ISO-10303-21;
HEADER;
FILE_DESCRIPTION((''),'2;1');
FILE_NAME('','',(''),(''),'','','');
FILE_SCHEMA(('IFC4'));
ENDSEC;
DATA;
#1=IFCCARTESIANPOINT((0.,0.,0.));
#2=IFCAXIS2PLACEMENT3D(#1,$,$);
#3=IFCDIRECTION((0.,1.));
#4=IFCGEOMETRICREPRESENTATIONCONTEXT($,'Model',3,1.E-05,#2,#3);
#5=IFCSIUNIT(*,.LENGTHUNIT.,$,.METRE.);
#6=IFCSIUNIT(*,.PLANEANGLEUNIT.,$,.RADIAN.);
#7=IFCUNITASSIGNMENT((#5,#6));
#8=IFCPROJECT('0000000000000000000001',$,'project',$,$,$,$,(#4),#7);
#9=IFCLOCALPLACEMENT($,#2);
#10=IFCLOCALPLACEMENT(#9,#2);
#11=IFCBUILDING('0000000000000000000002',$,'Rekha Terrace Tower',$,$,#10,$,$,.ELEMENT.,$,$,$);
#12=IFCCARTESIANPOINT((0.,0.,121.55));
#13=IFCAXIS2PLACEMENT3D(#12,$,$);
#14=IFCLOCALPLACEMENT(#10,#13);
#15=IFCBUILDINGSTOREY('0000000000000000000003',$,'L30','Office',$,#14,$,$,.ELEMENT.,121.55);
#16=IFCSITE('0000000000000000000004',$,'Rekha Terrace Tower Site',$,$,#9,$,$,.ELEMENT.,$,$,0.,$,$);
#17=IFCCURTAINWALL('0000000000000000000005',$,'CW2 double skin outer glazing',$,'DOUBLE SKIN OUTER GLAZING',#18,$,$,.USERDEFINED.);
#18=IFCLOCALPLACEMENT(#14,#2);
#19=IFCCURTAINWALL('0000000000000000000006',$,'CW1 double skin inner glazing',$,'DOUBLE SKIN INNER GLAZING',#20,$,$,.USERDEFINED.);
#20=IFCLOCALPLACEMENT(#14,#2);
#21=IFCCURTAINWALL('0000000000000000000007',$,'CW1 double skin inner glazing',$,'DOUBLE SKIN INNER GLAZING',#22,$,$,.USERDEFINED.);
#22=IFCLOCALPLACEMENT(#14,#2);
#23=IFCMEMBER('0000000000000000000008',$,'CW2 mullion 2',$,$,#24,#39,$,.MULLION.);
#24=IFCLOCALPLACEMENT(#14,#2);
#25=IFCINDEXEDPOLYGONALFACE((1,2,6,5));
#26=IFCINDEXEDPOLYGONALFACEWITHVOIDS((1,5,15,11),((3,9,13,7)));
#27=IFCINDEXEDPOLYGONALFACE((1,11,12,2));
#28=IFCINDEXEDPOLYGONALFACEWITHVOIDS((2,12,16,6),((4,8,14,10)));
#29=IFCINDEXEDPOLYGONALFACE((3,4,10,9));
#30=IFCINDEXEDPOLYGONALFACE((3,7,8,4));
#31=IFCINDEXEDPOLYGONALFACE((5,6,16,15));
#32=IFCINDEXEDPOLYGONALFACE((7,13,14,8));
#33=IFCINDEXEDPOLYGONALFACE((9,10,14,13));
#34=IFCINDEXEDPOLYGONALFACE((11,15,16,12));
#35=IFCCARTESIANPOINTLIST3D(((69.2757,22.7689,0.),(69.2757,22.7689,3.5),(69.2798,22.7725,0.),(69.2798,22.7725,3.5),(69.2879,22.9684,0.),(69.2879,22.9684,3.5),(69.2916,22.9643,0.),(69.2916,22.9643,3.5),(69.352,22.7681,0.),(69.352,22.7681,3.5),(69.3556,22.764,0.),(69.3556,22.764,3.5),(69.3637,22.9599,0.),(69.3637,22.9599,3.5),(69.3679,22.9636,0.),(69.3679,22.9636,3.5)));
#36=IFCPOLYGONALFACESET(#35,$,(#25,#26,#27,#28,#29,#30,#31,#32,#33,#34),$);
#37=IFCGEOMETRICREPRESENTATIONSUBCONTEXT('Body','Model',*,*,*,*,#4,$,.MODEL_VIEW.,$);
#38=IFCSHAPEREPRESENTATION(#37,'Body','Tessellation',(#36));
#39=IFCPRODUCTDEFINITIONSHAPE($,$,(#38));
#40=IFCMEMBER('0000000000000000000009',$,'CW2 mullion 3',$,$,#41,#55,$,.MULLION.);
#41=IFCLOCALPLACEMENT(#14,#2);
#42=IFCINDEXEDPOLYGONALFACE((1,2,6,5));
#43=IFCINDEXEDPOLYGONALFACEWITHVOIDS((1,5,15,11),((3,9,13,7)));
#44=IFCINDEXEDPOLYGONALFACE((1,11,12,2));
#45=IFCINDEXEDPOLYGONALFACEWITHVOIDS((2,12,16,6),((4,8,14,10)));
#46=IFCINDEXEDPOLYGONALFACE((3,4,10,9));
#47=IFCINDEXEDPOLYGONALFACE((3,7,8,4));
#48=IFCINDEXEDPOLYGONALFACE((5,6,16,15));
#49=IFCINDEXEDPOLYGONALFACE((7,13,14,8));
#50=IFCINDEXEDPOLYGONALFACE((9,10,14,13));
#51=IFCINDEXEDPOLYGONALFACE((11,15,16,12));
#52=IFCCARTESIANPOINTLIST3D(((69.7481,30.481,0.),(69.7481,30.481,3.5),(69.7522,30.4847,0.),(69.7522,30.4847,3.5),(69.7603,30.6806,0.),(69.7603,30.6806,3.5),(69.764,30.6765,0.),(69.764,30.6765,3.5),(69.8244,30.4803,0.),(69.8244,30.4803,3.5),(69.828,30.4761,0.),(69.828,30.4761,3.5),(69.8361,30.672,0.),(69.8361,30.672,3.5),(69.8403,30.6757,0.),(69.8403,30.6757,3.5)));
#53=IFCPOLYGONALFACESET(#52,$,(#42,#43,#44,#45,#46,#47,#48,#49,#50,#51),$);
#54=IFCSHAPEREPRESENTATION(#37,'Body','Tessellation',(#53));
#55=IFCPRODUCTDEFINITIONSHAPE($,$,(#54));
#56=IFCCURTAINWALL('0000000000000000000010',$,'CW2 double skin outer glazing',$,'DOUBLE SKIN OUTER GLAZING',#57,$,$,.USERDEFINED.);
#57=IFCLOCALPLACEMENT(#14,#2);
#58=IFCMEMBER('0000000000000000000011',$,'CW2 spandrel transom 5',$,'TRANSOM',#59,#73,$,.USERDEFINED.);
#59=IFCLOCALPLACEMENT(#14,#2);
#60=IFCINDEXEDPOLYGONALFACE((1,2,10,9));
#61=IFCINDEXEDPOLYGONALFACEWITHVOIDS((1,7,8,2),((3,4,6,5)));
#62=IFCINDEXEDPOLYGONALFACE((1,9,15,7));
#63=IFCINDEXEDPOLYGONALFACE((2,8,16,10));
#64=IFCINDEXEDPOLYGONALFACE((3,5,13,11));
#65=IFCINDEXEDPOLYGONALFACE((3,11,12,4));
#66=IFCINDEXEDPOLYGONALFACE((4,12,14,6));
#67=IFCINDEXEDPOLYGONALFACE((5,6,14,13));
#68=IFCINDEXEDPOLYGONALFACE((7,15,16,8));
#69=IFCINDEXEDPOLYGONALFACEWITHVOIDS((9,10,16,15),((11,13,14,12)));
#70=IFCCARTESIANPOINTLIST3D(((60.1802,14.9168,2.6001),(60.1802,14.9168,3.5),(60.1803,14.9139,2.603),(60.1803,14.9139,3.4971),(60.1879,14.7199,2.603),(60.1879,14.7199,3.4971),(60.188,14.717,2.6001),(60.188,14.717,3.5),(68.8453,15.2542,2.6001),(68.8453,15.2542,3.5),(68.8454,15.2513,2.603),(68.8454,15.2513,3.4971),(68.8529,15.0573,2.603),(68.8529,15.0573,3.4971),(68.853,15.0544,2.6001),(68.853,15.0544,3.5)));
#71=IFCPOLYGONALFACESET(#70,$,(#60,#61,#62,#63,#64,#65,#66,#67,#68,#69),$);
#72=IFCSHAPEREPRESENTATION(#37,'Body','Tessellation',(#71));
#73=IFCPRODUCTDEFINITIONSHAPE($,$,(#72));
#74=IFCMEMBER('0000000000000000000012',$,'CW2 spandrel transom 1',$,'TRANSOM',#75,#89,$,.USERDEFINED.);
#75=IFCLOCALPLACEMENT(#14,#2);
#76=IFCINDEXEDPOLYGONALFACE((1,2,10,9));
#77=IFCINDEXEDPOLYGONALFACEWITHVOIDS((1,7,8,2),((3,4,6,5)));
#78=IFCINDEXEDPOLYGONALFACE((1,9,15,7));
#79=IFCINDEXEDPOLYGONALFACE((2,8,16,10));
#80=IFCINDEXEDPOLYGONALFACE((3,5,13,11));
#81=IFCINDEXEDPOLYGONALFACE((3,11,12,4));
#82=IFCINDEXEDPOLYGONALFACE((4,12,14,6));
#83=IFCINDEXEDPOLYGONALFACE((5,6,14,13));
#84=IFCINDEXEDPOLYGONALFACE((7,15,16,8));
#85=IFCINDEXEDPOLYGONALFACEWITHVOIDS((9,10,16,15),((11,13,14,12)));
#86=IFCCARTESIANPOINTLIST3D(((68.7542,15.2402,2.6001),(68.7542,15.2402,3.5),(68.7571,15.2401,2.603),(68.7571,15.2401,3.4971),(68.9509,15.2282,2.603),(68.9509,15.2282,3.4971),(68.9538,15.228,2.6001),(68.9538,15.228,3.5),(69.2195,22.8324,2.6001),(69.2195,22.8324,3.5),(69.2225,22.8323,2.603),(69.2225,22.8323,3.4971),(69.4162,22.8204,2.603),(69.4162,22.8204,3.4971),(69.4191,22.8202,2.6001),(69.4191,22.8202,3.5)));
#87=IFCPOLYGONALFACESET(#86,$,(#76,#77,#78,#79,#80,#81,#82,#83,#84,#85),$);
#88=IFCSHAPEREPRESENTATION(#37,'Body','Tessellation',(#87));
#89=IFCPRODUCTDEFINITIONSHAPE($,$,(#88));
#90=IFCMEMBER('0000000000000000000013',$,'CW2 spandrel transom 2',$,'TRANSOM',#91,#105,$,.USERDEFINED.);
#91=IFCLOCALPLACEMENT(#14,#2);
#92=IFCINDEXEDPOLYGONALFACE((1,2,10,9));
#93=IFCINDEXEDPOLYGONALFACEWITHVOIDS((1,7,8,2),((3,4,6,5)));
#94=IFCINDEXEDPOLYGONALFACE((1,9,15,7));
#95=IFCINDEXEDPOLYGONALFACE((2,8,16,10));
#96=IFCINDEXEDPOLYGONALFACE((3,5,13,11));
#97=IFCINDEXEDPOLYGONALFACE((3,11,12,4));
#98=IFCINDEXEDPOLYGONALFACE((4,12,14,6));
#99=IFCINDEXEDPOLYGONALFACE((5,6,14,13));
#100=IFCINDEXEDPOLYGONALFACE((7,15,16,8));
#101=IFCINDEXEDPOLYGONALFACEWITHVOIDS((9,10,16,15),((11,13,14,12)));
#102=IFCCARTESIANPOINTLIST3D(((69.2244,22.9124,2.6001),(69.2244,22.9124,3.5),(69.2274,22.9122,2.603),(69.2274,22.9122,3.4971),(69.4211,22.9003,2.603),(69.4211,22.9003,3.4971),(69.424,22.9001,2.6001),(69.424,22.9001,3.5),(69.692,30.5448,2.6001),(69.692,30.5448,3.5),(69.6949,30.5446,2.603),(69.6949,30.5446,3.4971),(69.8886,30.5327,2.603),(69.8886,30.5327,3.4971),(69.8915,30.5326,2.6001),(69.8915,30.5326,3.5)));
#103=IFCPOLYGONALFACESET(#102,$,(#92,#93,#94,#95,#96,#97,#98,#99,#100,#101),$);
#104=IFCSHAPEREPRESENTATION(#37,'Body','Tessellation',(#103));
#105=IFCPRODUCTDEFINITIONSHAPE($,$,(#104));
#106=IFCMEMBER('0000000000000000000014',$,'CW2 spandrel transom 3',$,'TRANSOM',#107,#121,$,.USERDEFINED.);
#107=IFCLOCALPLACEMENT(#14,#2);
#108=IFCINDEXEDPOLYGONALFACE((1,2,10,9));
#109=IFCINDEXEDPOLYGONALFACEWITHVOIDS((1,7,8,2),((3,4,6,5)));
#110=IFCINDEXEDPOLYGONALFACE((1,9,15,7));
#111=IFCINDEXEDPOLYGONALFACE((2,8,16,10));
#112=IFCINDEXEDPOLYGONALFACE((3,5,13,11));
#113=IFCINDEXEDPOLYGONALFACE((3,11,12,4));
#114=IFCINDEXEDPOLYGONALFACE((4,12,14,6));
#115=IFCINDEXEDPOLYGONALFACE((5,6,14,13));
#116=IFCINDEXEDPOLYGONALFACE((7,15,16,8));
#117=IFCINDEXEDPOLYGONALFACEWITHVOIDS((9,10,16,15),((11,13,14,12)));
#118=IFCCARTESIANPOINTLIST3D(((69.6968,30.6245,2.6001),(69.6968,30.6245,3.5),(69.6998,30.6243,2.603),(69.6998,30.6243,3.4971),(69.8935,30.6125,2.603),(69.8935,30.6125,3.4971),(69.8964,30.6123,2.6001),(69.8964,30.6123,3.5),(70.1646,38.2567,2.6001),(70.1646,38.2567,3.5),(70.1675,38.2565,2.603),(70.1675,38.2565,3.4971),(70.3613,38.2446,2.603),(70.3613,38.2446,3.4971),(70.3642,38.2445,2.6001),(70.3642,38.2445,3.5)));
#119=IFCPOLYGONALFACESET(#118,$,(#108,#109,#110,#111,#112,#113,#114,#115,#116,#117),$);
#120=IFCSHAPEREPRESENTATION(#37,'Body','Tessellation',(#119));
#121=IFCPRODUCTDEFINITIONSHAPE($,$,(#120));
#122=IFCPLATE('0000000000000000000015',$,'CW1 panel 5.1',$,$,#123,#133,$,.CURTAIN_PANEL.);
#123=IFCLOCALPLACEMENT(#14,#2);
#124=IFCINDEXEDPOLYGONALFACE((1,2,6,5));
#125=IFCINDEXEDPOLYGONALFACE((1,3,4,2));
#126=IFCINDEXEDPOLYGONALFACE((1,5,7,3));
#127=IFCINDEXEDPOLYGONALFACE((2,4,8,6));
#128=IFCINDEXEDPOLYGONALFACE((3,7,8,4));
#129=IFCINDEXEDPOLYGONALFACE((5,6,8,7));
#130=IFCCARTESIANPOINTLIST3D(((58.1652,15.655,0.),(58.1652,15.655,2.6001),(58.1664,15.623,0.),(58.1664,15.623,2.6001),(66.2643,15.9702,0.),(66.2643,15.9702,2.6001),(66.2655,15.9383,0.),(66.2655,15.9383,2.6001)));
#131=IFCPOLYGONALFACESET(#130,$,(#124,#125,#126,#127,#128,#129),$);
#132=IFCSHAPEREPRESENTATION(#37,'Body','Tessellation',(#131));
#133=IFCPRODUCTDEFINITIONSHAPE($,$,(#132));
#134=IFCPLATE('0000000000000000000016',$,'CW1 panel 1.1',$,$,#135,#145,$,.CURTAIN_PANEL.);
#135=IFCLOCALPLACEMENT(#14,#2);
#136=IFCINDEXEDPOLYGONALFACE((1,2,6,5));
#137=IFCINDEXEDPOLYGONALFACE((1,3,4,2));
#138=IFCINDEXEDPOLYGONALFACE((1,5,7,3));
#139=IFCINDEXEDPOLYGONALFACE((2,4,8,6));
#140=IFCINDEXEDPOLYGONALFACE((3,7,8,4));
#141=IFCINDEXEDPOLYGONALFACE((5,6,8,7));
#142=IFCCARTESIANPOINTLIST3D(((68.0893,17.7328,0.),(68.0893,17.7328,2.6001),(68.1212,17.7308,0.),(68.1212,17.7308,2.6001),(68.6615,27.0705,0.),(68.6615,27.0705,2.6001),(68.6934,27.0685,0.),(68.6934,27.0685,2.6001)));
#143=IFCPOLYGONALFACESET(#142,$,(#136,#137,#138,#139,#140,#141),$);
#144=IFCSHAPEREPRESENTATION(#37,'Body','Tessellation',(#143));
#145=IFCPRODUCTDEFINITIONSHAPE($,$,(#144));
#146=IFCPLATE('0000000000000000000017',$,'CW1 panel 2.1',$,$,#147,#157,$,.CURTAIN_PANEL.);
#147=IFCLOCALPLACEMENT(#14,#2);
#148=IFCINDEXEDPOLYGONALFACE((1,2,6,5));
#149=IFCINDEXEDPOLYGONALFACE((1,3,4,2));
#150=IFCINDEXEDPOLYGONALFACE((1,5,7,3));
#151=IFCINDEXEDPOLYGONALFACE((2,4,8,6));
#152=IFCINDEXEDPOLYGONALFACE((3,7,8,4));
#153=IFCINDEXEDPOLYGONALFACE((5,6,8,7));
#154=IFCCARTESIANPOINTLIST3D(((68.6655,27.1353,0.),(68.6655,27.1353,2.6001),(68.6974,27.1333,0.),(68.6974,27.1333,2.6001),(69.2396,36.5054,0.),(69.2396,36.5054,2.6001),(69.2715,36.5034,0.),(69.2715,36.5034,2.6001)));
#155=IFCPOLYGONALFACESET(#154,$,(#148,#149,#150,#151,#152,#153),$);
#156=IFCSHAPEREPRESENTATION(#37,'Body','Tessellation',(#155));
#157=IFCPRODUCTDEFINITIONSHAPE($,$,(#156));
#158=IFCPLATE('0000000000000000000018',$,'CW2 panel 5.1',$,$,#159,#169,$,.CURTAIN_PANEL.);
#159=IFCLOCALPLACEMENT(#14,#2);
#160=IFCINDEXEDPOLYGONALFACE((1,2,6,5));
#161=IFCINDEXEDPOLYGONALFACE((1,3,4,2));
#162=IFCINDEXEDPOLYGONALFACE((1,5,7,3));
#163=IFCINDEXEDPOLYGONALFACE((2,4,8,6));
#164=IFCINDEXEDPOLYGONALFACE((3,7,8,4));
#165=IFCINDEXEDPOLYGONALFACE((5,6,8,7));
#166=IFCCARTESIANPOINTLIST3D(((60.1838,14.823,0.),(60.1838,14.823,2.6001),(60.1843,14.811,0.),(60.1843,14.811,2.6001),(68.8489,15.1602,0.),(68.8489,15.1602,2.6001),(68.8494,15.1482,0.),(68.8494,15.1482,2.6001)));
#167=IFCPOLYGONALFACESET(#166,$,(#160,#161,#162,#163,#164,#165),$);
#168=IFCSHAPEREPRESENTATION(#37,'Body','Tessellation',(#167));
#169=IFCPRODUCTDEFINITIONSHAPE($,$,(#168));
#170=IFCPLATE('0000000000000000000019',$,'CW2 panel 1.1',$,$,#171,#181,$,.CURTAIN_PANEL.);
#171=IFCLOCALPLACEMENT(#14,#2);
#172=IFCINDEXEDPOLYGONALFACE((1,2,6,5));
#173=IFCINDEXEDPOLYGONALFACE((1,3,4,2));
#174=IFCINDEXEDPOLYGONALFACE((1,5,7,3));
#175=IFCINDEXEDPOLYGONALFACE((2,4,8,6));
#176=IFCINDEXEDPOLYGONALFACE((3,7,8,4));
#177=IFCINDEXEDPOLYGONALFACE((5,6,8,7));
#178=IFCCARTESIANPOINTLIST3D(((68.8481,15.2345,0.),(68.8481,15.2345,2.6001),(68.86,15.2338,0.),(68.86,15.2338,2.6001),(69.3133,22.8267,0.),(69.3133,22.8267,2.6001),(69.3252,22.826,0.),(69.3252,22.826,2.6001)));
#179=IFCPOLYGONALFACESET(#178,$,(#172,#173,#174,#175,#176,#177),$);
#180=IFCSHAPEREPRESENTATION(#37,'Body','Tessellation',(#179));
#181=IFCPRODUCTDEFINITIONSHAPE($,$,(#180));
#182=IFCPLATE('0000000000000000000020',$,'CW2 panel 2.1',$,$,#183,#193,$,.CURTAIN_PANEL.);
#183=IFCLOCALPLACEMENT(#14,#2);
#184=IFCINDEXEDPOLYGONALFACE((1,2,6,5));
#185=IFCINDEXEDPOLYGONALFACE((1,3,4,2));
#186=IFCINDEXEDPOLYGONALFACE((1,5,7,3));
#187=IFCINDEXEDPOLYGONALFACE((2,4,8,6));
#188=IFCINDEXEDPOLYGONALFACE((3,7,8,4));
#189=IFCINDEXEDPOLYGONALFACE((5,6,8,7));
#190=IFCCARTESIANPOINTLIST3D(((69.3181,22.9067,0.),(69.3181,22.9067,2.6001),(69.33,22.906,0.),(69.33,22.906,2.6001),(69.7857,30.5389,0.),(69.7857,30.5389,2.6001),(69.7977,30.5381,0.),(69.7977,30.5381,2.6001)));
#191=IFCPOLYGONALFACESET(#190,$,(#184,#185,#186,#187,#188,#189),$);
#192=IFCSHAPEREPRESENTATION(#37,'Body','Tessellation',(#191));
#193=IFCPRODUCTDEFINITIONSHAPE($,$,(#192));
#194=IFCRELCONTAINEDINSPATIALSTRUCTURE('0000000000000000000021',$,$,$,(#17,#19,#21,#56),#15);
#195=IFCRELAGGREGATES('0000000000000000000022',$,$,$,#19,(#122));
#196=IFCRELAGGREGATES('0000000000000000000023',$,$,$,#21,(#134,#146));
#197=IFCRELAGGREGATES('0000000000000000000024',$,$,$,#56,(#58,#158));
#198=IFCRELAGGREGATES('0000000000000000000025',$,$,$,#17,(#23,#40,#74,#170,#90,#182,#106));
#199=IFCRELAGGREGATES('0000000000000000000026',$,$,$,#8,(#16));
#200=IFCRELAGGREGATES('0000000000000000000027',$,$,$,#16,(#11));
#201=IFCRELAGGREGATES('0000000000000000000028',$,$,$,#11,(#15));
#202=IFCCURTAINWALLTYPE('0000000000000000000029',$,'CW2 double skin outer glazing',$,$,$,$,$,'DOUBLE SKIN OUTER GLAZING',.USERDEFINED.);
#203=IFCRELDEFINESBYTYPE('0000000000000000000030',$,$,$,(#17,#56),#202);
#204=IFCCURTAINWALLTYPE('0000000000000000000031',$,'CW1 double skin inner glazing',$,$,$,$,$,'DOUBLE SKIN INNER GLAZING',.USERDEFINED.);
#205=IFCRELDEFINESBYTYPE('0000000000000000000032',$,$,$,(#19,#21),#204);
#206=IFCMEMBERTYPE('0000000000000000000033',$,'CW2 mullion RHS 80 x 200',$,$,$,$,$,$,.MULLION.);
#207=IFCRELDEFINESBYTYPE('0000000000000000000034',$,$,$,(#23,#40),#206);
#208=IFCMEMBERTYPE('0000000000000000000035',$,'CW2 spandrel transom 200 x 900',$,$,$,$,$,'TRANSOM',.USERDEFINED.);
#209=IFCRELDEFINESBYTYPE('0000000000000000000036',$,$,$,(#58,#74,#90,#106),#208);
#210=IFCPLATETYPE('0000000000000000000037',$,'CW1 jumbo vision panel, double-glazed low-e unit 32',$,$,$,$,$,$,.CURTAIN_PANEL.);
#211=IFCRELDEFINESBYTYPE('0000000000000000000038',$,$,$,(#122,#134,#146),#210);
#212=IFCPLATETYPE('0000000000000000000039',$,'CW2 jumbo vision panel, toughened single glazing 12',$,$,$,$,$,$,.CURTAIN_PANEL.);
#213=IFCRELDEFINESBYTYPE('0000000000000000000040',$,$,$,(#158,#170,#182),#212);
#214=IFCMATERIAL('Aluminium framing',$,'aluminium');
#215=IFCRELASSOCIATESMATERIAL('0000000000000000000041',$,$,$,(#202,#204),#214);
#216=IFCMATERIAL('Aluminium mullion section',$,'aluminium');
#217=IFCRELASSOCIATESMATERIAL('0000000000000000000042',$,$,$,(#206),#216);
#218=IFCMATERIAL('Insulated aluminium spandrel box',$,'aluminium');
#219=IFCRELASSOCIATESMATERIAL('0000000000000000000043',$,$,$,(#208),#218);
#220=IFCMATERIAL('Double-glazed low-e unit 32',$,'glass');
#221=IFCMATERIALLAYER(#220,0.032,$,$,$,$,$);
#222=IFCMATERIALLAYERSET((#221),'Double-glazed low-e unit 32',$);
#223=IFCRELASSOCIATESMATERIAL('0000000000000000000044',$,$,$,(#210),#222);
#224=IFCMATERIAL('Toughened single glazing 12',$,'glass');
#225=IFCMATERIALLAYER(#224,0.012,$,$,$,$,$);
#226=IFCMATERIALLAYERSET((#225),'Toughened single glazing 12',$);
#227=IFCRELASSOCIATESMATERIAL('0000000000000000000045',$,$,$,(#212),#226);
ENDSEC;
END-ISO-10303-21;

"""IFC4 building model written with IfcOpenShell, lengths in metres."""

from ifc_helpers import new_model, si_unit, direction, frame, origin, origin_2d, place, context, subcontext, project, spatial, rectangle, hollow_rectangle, extrude, material, layer, layer_set, material_profile, profile_set, type_object, element, aggregate, save


model = new_model("IFC4")

# Units and contexts
model_context = context("Model", 3, precision=1e-05, world=origin(), true_north=direction((0.0, 1.0)))
body_context = subcontext(model_context, "Body", "Model", "MODEL_VIEW")
ifc_project = project(units=[si_unit("LENGTHUNIT", "METRE"), si_unit("PLANEANGLEUNIT", "RADIAN")], contexts=[model_context])

# Site, building, storey
site_placement = place(None, origin())
site = spatial("IfcSite", under=ifc_project, at=site_placement, Name="Rekha Terrace Tower Site", CompositionType="ELEMENT", RefElevation=0.0)
building_placement = place(site_placement, origin())
building = spatial("IfcBuilding", under=site, at=building_placement, Name="Rekha Terrace Tower", CompositionType="ELEMENT")
storey_placement = place(building_placement, frame((0.0, 0.0, 121.55)))
storey = spatial("IfcBuildingStorey", under=building, at=storey_placement, Name="L30", Description="Office", CompositionType="ELEMENT", Elevation=121.55)

# Curtain wall
ifc_material_1 = material(Name="Aluminium framing", Category="aluminium")
curtain_wall_type_1 = type_object("IfcCurtainWallType", Name="CW2 double skin outer glazing", ElementType="DOUBLE SKIN OUTER GLAZING", PredefinedType="USERDEFINED", material=ifc_material_1)
curtain_wall_1_placement = place(storey_placement, origin())
curtain_wall_1 = element("IfcCurtainWall", 1, at=curtain_wall_1_placement, inside=storey, type_object=curtain_wall_type_1, Name="CW2 double skin outer glazing", ObjectType="DOUBLE SKIN OUTER GLAZING", PredefinedType="USERDEFINED")

# Curtain wall
curtain_wall_type_2 = type_object("IfcCurtainWallType", Name="CW1 double skin inner glazing", ElementType="DOUBLE SKIN INNER GLAZING", PredefinedType="USERDEFINED", material=ifc_material_1)
curtain_wall_2_placement = place(storey_placement, origin())
curtain_wall_2 = element("IfcCurtainWall", 2, at=curtain_wall_2_placement, inside=storey, type_object=curtain_wall_type_2, Name="CW1 double skin inner glazing", ObjectType="DOUBLE SKIN INNER GLAZING", PredefinedType="USERDEFINED")
ifc_material_2 = material(Name="Aluminium mullion section", Category="aluminium")

# Curtain wall
curtain_wall_3_placement = place(storey_placement, origin())
curtain_wall_3 = element("IfcCurtainWall", 3, at=curtain_wall_3_placement, inside=storey, type_object=curtain_wall_type_2, Name="CW1 double skin inner glazing", ObjectType="DOUBLE SKIN INNER GLAZING", PredefinedType="USERDEFINED")
ifc_material_3 = material(Name="Insulated aluminium spandrel box", Category="aluminium")

# Members
ifc_material_profile_1 = material_profile(ifc_material_2, hollow_rectangle(XDim=0.0801, YDim=0.2, WallThickness=0.0039, at=origin_2d()), Name="AL RHS 80x200")
ifc_profile_set_1 = profile_set([ifc_material_profile_1], Name="Aluminium mullion section")
member_type_1 = type_object("IfcMemberType", Name="CW2 mullion RHS 80 x 200", PredefinedType="MULLION", material=ifc_profile_set_1)
member_1_placement = place(storey_placement, frame((69.3218, 22.8662, 0.0), z_axis=(0.0, 0.0, 1.0), x_axis=(-0.998128, 0.06116, 0.0)))
member_1 = element("IfcMember", 4, at=member_1_placement, type_object=member_type_1, Name="CW2 mullion 2", PredefinedType="MULLION", context=body_context, shape_type="SweptSolid", body=[
    extrude(hollow_rectangle(XDim=0.0801, YDim=0.2, WallThickness=0.0039, at=origin_2d()), origin(), (0.0, 0.0, 1.0), 3.5),
])
member_2_placement = place(storey_placement, frame((69.7942, 30.5784, 0.0), z_axis=(0.0, 0.0, 1.0), x_axis=(-0.998128, 0.06116, 0.0)))
member_2 = element("IfcMember", 5, at=member_2_placement, type_object=member_type_1, Name="CW2 mullion 3", PredefinedType="MULLION", context=body_context, shape_type="SweptSolid", body=[
    extrude(hollow_rectangle(XDim=0.0801, YDim=0.2, WallThickness=0.0039, at=origin_2d()), origin(), (0.0, 0.0, 1.0), 3.5),
])

# Curtain wall, member
curtain_wall_4_placement = place(storey_placement, origin())
curtain_wall_4 = element("IfcCurtainWall", 6, at=curtain_wall_4_placement, inside=storey, type_object=curtain_wall_type_1, Name="CW2 double skin outer glazing", ObjectType="DOUBLE SKIN OUTER GLAZING", PredefinedType="USERDEFINED")
ifc_material_profile_2 = material_profile(ifc_material_3, hollow_rectangle(XDim=0.2, YDim=0.8999, WallThickness=0.0029, at=origin_2d()), Name="AL SPANDREL BOX 200x900")
ifc_profile_set_2 = profile_set([ifc_material_profile_2], Name="Insulated aluminium spandrel box")
member_type_2 = type_object("IfcMemberType", Name="CW2 spandrel transom 200 x 900", ElementType="TRANSOM", PredefinedType="USERDEFINED", material=ifc_profile_set_2)
member_3_placement = place(storey_placement, frame((60.1841, 14.8169, 3.05), z_axis=(0.999243, 0.038909, 0.0), x_axis=(-0.038909, 0.999243, 0.0)))
member_3 = element("IfcMember", 7, at=member_3_placement, type_object=member_type_2, Name="CW2 spandrel transom 5", ObjectType="TRANSOM", PredefinedType="USERDEFINED", context=body_context, shape_type="SweptSolid", body=[
    extrude(hollow_rectangle(XDim=0.2, YDim=0.8999, WallThickness=0.0029, at=origin_2d()), origin(), (0.0, 0.0, 1.0), 8.6716),
])

# Members
member_4_placement = place(storey_placement, frame((68.854, 15.2341, 3.05), z_axis=(0.061175, 0.998127, 0.0), x_axis=(-0.998127, 0.061175, 0.0)))
member_4 = element("IfcMember", 8, at=member_4_placement, type_object=member_type_2, Name="CW2 spandrel transom 1", ObjectType="TRANSOM", PredefinedType="USERDEFINED", context=body_context, shape_type="SweptSolid", body=[
    extrude(hollow_rectangle(XDim=0.2, YDim=0.8999, WallThickness=0.0029, at=origin_2d()), origin(), (0.0, 0.0, 1.0), 7.6064),
])
member_5_placement = place(storey_placement, frame((69.3242, 22.9062, 3.05), z_axis=(0.061142, 0.998129, 0.0), x_axis=(-0.998129, 0.061142, 0.0)))
member_5 = element("IfcMember", 9, at=member_5_placement, type_object=member_type_2, Name="CW2 spandrel transom 2", ObjectType="TRANSOM", PredefinedType="USERDEFINED", context=body_context, shape_type="SweptSolid", body=[
    extrude(hollow_rectangle(XDim=0.2, YDim=0.8999, WallThickness=0.0029, at=origin_2d()), origin(), (0.0, 0.0, 1.0), 7.6467),
])
member_6_placement = place(storey_placement, frame((69.7966, 30.6184, 3.05), z_axis=(0.061176, 0.998127, 0.0), x_axis=(-0.998127, 0.061176, 0.0)))
member_6 = element("IfcMember", 10, at=member_6_placement, type_object=member_type_2, Name="CW2 spandrel transom 3", ObjectType="TRANSOM", PredefinedType="USERDEFINED", context=body_context, shape_type="SweptSolid", body=[
    extrude(hollow_rectangle(XDim=0.2, YDim=0.8999, WallThickness=0.0029, at=origin_2d()), origin(), (0.0, 0.0, 1.0), 7.6465),
])

# Plates
ifc_material_4 = material(Name="Double-glazed low-e unit 32", Category="glass")
ifc_layer_1 = layer(ifc_material_4, 0.032)
ifc_layer_set_1 = layer_set([ifc_layer_1], Name="Double-glazed low-e unit 32")
plate_type_1 = type_object("IfcPlateType", Name="CW1 jumbo vision panel, double-glazed low-e unit 32", PredefinedType="CURTAIN_PANEL", material=ifc_layer_set_1)
plate_1_placement = place(storey_placement, frame((62.2153, 15.7966, 0.0), z_axis=(0.0, 0.0, 1.0), x_axis=(0.999243, 0.03889, 0.0)))
plate_1 = element("IfcPlate", 11, at=plate_1_placement, type_object=plate_type_1, Name="CW1 panel 5.1", PredefinedType="CURTAIN_PANEL", context=body_context, shape_type="SweptSolid", body=[
    extrude(rectangle(XDim=8.1052, YDim=0.032, at=origin_2d()), origin(), (0.0, 0.0, 1.0), 2.6001),
])
aggregate(curtain_wall_2, [plate_1])
plate_2_placement = place(storey_placement, frame((68.3914, 22.4006, 0.0), z_axis=(0.0, 0.0, 1.0), x_axis=(0.06116, 0.998128, 0.0)))
plate_2 = element("IfcPlate", 12, at=plate_2_placement, type_object=plate_type_1, Name="CW1 panel 1.1", PredefinedType="CURTAIN_PANEL", context=body_context, shape_type="SweptSolid", body=[
    extrude(rectangle(XDim=9.3552, YDim=0.032, at=origin_2d()), origin(), (0.0, 0.0, 1.0), 2.6001),
])
plate_3_placement = place(storey_placement, frame((68.9685, 31.8193, 0.0), z_axis=(0.0, 0.0, 1.0), x_axis=(0.06116, 0.998128, 0.0)))
plate_3 = element("IfcPlate", 13, at=plate_3_placement, type_object=plate_type_1, Name="CW1 panel 2.1", PredefinedType="CURTAIN_PANEL", context=body_context, shape_type="SweptSolid", body=[
    extrude(rectangle(XDim=9.3877, YDim=0.032, at=origin_2d()), origin(), (0.0, 0.0, 1.0), 2.6001),
])
aggregate(curtain_wall_3, [plate_2, plate_3])
ifc_material_5 = material(Name="Toughened single glazing 12", Category="glass")
ifc_layer_2 = layer(ifc_material_5, 0.012)
ifc_layer_set_2 = layer_set([ifc_layer_2], Name="Toughened single glazing 12")
plate_type_2 = type_object("IfcPlateType", Name="CW2 jumbo vision panel, toughened single glazing 12", PredefinedType="CURTAIN_PANEL", material=ifc_layer_set_2)
plate_4_placement = place(storey_placement, frame((64.5166, 14.9856, 0.0), z_axis=(0.0, 0.0, 1.0), x_axis=(0.999243, 0.03889, 0.0)))
plate_4 = element("IfcPlate", 14, at=plate_4_placement, type_object=plate_type_2, Name="CW2 panel 5.1", PredefinedType="CURTAIN_PANEL", context=body_context, shape_type="SweptSolid", body=[
    extrude(rectangle(XDim=8.6716, YDim=0.012, at=origin_2d()), origin(), (0.0, 0.0, 1.0), 2.6001),
])
aggregate(curtain_wall_4, [member_3, plate_4])
plate_5_placement = place(storey_placement, frame((69.0867, 19.0303, 0.0), z_axis=(0.0, 0.0, 1.0), x_axis=(0.06116, 0.998128, 0.0)))
plate_5 = element("IfcPlate", 15, at=plate_5_placement, type_object=plate_type_2, Name="CW2 panel 1.1", PredefinedType="CURTAIN_PANEL", context=body_context, shape_type="SweptSolid", body=[
    extrude(rectangle(XDim=7.6064, YDim=0.012, at=origin_2d()), origin(), (0.0, 0.0, 1.0), 2.6001),
])
plate_6_placement = place(storey_placement, frame((69.5579, 26.7224, 0.0), z_axis=(0.0, 0.0, 1.0), x_axis=(0.06116, 0.998128, 0.0)))
plate_6 = element("IfcPlate", 16, at=plate_6_placement, type_object=plate_type_2, Name="CW2 panel 2.1", PredefinedType="CURTAIN_PANEL", context=body_context, shape_type="SweptSolid", body=[
    extrude(rectangle(XDim=7.6465, YDim=0.012, at=origin_2d()), origin(), (0.0, 0.0, 1.0), 2.6001),
])
aggregate(curtain_wall_1, [member_1, member_2, member_4, plate_5, member_5, plate_6, member_6])

save(model, "model.ifc")
